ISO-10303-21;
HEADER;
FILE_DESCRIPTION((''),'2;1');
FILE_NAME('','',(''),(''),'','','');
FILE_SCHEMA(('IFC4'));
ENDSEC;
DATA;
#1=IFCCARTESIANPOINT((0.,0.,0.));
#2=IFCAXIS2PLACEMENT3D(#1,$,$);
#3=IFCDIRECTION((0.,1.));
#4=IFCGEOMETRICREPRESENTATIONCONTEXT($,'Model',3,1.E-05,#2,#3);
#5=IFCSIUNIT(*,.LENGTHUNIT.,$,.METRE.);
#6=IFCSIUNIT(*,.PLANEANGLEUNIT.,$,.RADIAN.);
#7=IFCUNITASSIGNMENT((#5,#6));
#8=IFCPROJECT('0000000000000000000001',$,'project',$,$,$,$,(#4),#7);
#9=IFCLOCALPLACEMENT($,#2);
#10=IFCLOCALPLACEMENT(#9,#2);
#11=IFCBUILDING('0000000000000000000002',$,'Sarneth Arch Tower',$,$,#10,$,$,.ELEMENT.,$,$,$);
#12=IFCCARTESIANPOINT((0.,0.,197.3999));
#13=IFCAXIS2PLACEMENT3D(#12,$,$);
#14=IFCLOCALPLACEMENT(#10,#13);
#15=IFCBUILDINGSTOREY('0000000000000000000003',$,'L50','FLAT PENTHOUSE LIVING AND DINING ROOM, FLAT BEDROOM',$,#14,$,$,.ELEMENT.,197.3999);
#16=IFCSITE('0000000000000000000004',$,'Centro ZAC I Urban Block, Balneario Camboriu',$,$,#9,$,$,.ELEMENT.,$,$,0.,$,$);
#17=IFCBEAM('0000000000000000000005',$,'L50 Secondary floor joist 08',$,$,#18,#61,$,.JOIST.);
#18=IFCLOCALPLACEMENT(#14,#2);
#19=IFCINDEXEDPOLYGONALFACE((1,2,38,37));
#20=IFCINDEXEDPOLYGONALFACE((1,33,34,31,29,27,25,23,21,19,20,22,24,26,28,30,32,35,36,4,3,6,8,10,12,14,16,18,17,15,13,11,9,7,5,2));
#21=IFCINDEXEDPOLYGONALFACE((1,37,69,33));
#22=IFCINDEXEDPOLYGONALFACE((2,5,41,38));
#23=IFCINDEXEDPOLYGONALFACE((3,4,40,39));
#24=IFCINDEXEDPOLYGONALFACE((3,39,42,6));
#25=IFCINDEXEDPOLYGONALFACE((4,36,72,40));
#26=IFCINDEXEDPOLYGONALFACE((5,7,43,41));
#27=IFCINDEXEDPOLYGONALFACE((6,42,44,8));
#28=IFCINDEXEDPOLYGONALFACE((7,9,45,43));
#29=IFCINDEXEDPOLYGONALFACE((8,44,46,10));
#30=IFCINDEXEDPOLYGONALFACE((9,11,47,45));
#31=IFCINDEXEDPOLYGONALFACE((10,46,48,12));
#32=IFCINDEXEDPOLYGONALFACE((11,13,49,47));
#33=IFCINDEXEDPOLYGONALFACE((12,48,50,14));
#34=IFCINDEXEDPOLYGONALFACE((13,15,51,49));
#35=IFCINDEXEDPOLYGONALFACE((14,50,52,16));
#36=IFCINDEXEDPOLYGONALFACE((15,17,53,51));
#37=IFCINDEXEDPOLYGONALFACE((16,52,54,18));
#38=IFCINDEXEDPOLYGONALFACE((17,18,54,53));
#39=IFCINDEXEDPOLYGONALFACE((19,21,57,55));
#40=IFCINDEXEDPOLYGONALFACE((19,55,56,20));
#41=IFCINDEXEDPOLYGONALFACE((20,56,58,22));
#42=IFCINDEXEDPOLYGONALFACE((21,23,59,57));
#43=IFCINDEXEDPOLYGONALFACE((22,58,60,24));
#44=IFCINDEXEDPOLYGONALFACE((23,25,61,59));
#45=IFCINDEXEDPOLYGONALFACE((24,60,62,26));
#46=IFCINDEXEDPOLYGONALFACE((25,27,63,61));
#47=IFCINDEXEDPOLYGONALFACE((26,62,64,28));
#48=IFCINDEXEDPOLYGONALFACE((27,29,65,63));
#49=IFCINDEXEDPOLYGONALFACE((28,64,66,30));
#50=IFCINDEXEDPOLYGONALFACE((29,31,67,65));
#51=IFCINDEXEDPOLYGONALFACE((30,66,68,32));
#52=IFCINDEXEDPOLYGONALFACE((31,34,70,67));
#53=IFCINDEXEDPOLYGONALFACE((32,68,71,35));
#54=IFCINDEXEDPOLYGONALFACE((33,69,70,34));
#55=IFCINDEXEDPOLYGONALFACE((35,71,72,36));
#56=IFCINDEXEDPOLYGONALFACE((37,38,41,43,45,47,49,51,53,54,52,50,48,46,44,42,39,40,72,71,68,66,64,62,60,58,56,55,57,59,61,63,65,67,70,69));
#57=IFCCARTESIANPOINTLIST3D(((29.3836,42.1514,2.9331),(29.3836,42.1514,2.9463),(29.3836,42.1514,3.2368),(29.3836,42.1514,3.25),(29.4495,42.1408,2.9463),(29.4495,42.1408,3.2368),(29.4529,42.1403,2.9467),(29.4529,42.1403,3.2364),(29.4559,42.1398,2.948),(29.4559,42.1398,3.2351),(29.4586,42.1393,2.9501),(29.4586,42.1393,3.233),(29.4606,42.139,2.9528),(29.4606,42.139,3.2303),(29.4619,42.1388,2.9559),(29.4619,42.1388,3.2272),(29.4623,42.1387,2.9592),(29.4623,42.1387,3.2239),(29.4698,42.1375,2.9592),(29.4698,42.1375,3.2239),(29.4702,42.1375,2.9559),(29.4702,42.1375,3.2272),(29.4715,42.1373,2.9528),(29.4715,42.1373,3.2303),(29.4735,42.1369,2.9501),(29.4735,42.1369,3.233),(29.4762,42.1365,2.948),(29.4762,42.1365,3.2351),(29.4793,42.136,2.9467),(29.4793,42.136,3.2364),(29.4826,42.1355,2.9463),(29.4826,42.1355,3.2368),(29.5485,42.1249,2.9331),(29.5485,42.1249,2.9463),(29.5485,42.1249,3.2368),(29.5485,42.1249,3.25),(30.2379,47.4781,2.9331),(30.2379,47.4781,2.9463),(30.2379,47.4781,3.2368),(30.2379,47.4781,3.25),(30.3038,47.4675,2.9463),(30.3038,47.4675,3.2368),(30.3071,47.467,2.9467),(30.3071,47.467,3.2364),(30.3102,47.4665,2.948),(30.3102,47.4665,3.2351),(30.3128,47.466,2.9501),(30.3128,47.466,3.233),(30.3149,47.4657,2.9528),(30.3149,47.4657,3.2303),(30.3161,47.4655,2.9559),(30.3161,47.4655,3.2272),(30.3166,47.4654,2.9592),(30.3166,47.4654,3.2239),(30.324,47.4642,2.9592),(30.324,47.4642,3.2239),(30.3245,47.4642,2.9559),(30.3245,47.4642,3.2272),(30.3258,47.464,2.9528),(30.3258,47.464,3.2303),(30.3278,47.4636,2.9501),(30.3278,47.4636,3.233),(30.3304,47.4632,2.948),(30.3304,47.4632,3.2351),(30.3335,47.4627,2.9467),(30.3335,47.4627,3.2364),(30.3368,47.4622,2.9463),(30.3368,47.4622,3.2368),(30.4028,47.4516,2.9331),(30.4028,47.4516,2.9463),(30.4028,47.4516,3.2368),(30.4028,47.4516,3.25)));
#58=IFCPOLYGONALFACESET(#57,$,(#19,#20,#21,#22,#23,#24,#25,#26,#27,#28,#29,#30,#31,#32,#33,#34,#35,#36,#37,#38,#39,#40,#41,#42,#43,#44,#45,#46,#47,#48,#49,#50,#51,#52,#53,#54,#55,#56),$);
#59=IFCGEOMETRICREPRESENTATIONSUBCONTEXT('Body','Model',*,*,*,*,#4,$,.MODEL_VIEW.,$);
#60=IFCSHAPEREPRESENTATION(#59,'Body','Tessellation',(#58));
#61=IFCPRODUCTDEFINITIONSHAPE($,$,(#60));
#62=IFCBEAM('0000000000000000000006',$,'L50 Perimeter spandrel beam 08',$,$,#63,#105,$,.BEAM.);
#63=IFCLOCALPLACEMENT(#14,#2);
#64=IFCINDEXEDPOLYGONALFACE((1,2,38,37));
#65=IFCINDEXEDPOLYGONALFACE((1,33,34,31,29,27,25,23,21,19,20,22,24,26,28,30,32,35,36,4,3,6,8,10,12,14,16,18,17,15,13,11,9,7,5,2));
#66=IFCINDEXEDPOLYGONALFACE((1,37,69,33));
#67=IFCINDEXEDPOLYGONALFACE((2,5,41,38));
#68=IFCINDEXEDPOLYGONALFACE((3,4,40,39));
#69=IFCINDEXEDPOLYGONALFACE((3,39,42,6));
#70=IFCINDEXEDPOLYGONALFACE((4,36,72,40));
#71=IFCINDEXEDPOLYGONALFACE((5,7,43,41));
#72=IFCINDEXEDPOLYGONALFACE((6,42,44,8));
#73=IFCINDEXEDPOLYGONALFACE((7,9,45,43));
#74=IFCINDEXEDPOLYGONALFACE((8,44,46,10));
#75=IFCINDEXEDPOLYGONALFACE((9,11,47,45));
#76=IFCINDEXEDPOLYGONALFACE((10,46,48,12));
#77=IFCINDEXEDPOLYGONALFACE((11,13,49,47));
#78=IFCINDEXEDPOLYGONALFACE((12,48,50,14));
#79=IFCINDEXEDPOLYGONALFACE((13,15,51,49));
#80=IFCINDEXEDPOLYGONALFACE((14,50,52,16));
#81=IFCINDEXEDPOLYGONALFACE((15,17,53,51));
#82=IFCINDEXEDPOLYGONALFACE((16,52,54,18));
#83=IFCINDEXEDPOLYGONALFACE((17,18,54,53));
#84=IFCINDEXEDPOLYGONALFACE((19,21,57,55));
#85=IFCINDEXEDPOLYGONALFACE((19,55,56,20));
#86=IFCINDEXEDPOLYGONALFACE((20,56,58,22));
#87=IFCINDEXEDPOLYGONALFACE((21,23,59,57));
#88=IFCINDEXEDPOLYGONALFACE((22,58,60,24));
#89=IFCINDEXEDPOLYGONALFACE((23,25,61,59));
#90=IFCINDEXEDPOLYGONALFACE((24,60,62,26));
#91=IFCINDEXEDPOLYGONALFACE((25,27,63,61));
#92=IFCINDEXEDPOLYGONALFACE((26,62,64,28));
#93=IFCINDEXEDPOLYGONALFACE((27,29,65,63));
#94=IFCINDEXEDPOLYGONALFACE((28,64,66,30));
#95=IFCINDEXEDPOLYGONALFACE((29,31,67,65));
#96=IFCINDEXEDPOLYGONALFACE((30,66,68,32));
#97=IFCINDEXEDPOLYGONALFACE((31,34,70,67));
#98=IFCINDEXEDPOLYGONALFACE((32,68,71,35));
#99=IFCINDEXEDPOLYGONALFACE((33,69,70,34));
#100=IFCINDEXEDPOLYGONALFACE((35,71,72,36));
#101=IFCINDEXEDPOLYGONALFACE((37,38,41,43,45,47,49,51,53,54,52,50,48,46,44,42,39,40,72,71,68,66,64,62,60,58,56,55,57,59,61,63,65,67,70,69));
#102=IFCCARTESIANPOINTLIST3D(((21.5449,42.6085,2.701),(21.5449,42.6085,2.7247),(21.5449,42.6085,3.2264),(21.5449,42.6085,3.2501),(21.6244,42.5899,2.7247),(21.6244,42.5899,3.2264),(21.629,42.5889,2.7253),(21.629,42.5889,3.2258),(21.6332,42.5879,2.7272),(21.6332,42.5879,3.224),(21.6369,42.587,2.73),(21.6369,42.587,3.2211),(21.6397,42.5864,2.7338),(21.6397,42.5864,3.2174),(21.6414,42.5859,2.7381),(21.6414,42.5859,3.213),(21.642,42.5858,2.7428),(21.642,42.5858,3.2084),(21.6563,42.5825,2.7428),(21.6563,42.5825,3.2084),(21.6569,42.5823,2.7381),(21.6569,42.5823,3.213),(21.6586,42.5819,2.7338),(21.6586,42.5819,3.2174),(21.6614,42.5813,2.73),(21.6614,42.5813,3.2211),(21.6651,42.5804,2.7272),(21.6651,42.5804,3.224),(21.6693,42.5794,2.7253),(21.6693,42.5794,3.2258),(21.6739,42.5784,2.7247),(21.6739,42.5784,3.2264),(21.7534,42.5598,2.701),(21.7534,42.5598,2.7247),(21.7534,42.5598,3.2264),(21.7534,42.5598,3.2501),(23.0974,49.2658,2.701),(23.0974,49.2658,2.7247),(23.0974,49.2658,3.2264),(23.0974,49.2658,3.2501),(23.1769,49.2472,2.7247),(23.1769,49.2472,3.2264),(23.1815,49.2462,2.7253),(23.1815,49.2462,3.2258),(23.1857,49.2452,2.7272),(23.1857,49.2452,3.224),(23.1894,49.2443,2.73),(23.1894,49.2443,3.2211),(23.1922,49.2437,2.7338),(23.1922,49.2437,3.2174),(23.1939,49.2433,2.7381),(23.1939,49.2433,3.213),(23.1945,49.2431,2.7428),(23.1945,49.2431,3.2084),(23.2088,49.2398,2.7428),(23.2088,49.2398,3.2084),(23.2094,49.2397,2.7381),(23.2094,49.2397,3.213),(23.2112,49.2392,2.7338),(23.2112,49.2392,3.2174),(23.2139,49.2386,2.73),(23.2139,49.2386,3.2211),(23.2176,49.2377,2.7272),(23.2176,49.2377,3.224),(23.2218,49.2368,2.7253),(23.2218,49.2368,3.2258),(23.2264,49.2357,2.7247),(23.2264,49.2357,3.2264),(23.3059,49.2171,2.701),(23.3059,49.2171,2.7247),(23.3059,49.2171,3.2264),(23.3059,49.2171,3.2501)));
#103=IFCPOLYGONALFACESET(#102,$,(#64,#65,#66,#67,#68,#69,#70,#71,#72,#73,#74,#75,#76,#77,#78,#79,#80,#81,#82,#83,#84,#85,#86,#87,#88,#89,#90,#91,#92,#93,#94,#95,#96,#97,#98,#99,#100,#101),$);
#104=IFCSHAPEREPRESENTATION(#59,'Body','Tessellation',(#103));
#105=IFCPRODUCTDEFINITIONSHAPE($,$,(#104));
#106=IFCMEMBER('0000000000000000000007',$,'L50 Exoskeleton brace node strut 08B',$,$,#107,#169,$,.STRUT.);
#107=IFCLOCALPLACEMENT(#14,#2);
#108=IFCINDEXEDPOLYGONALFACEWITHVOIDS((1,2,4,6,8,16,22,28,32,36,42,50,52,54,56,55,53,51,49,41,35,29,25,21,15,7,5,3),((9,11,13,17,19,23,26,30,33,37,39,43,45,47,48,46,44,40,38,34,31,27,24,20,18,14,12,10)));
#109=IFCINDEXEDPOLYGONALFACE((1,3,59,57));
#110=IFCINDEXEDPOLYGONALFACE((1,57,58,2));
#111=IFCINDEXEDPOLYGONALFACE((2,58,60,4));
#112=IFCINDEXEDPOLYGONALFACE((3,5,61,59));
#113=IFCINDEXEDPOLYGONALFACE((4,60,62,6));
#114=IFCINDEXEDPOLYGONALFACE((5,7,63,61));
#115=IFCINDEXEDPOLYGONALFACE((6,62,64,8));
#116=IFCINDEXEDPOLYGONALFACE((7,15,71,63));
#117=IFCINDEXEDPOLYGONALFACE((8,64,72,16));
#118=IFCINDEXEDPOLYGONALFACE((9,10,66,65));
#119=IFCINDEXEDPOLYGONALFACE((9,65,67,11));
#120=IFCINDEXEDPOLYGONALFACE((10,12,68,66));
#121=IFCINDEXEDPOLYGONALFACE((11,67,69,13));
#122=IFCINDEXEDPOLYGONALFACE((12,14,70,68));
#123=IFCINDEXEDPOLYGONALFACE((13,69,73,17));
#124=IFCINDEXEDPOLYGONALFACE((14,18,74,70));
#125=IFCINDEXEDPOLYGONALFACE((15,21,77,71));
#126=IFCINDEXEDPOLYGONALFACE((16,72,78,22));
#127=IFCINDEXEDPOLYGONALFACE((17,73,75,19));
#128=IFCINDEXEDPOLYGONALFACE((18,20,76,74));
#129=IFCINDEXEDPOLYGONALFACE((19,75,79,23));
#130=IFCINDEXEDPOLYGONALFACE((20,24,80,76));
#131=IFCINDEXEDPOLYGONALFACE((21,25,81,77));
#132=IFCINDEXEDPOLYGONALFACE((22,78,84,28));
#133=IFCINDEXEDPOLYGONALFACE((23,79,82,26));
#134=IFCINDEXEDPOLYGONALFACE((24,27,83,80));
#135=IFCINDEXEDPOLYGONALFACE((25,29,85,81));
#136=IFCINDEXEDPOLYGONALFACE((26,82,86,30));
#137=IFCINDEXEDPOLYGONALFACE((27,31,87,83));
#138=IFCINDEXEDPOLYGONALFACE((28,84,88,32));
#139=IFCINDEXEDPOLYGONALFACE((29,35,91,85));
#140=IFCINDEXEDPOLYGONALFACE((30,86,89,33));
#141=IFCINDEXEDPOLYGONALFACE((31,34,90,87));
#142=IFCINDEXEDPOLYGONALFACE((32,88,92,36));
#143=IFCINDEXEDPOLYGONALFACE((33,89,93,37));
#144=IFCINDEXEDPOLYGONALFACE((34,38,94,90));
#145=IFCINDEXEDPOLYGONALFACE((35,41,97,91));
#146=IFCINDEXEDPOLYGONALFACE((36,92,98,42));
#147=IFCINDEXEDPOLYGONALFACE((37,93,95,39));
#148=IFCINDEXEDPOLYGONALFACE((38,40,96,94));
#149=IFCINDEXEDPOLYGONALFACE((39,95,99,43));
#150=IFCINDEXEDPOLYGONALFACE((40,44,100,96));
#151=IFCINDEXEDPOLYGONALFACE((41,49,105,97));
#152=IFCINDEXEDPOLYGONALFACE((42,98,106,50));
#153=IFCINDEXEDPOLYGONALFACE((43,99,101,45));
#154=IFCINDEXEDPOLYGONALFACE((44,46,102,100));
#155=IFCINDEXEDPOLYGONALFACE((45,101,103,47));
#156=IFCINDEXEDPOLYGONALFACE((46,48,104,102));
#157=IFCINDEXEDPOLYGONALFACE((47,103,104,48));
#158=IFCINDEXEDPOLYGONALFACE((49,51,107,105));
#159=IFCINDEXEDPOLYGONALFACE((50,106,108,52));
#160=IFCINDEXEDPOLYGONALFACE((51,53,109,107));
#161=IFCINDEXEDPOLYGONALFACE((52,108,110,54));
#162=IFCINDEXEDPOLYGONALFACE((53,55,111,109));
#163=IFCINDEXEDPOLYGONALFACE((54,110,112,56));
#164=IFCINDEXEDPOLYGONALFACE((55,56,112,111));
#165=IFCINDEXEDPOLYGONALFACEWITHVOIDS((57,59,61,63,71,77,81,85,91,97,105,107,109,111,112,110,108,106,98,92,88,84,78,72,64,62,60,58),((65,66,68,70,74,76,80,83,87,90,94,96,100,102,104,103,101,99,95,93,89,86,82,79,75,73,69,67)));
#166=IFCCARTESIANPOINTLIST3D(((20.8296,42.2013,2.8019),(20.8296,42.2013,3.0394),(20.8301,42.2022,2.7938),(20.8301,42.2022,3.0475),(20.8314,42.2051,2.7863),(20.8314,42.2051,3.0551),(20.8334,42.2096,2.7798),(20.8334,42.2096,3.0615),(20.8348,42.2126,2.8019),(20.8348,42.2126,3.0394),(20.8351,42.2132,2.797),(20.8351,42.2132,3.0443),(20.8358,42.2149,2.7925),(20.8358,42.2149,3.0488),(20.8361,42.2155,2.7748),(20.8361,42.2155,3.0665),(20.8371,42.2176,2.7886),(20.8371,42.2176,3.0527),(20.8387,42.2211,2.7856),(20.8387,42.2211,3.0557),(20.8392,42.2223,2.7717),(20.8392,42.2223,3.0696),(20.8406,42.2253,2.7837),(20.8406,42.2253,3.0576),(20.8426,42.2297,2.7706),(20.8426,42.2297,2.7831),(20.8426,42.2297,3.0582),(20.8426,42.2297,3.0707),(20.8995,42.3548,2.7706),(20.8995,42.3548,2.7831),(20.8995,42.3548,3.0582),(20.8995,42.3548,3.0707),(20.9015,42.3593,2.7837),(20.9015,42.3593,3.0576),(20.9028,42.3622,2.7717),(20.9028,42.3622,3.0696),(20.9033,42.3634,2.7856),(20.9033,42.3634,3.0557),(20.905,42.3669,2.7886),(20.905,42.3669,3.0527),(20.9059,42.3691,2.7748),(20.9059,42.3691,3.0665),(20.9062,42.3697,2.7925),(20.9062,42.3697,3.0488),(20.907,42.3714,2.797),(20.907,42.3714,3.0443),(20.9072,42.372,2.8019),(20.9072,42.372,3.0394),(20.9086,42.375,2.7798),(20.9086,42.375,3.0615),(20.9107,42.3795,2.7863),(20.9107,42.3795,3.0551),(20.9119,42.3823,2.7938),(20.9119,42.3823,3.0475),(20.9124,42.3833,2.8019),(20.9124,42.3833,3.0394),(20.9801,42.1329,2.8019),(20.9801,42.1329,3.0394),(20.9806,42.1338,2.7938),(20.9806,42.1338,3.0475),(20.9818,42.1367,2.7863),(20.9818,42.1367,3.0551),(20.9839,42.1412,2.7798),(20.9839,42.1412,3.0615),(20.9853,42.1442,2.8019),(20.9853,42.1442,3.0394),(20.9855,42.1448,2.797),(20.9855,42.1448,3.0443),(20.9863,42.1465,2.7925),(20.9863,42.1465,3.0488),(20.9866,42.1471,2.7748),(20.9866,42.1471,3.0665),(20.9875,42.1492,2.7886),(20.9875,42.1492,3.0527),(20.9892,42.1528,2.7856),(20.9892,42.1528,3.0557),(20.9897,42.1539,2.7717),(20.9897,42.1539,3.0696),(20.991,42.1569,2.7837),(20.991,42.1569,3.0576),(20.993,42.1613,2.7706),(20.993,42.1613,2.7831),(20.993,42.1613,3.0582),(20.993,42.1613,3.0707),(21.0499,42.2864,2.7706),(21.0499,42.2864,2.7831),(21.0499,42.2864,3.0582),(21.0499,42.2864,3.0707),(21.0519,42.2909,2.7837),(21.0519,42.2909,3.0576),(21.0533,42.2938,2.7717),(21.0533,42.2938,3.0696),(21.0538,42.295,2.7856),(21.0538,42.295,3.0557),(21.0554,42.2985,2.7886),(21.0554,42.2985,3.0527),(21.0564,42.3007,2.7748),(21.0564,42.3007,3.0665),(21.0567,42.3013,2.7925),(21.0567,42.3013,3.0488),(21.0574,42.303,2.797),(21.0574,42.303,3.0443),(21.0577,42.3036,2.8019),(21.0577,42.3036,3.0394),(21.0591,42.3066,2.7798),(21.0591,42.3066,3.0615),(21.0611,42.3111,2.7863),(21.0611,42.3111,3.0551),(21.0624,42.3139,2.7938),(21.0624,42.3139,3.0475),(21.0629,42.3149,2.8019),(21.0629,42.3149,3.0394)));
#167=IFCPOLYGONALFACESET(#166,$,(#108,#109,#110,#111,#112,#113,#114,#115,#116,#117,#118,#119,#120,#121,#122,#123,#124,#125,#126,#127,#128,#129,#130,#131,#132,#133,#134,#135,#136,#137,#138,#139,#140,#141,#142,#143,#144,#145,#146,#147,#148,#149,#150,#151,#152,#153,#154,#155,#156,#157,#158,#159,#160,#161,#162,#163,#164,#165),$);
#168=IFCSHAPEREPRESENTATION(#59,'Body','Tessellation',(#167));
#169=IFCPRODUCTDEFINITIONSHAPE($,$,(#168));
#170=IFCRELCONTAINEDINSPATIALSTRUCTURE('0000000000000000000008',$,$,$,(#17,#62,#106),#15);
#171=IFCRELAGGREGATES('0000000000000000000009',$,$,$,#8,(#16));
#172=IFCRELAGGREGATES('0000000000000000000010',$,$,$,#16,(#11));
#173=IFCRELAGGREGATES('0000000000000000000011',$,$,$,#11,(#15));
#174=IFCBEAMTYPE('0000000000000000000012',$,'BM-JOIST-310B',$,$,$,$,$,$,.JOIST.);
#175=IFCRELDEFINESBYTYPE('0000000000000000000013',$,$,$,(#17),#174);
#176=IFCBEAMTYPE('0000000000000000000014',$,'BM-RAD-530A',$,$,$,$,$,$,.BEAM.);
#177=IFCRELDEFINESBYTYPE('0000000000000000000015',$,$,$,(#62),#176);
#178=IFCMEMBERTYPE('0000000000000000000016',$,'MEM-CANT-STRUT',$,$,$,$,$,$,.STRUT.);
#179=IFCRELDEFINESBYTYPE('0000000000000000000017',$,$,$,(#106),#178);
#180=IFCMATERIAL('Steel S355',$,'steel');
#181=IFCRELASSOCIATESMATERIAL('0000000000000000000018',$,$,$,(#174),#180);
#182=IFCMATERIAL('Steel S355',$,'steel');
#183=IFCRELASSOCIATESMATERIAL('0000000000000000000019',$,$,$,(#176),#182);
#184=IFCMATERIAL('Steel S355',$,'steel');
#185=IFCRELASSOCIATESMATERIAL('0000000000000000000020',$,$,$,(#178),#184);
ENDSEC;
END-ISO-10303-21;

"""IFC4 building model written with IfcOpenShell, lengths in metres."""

from ifc_helpers import new_model, si_unit, direction, frame, origin, origin_2d, place, context, subcontext, project, spatial, hollow_rectangle, i_section, extrude, material, material_profile, profile_set, type_object, element, save


model = new_model("IFC4")

# Units and contexts
model_context = context("Model", 3, precision=1e-05, world=origin(), true_north=direction((0.0, 1.0)))
body_context = subcontext(model_context, "Body", "Model", "MODEL_VIEW")
ifc_project = project(units=[si_unit("LENGTHUNIT", "METRE"), si_unit("PLANEANGLEUNIT", "RADIAN")], contexts=[model_context])

# Site, building, storey
site_placement = place(None, origin())
site = spatial("IfcSite", under=ifc_project, at=site_placement, Name="Centro ZAC I Urban Block, Balneario Camboriu", CompositionType="ELEMENT", RefElevation=0.0)
building_placement = place(site_placement, origin())
building = spatial("IfcBuilding", under=site, at=building_placement, Name="Sarneth Arch Tower", CompositionType="ELEMENT")
storey_placement = place(building_placement, frame((0.0, 0.0, 197.3999)))
storey = spatial("IfcBuildingStorey", under=building, at=storey_placement, Name="L50", Description="FLAT PENTHOUSE LIVING AND DINING ROOM, FLAT BEDROOM", CompositionType="ELEMENT", Elevation=197.3999)

# Beams
ifc_material_1 = material(Name="Steel S355", Category="steel")
ifc_material_profile_1 = material_profile(ifc_material_1, i_section(OverallWidth=0.167, OverallDepth=0.3169, WebThickness=0.0076, FlangeThickness=0.0132, FilletRadius=0.0129, at=origin_2d()), Name="W310x52")
ifc_profile_set_1 = profile_set([ifc_material_profile_1], Name="Steel S355")
beam_type_1 = type_object("IfcBeamType", Name="BM-JOIST-310B", PredefinedType="JOIST", material=ifc_profile_set_1)
beam_1_placement = place(storey_placement, frame((30.3203, 47.4648, 3.0916), z_axis=(-0.158349, -0.987383, 0.0), x_axis=(0.987383, -0.158349, 0.0)))
element("IfcBeam", 1, at=beam_1_placement, inside=storey, type_object=beam_type_1, Name="L50 Secondary floor joist 08", PredefinedType="JOIST", context=body_context, shape_type="SweptSolid", body=[
    extrude(i_section(OverallWidth=0.167, OverallDepth=0.3169, WebThickness=0.0076, FlangeThickness=0.0132, FilletRadius=0.0129, at=origin_2d()), origin(), (0.0, 0.0, 1.0), 5.3948),
])
ifc_material_2 = material(Name="Steel S355", Category="steel")
ifc_material_profile_2 = material_profile(ifc_material_2, i_section(OverallWidth=0.2141, OverallDepth=0.5491, WebThickness=0.0146, FlangeThickness=0.0237, FilletRadius=0.0181, at=origin_2d()), Name="W530x138")
ifc_profile_set_2 = profile_set([ifc_material_profile_2], Name="Steel S355")
beam_type_2 = type_object("IfcBeamType", Name="BM-RAD-530A", PredefinedType="BEAM", material=ifc_profile_set_2)
beam_2_placement = place(storey_placement, frame((23.2017, 49.2415, 2.9756), z_axis=(-0.22711, -0.973869, 0.0), x_axis=(0.973869, -0.22711, 0.0)))
element("IfcBeam", 2, at=beam_2_placement, inside=storey, type_object=beam_type_2, Name="L50 Perimeter spandrel beam 08", PredefinedType="BEAM", context=body_context, shape_type="SweptSolid", body=[
    extrude(i_section(OverallWidth=0.2141, OverallDepth=0.5491, WebThickness=0.0146, FlangeThickness=0.0237, FilletRadius=0.0181, at=origin_2d()), origin(), (0.0, 0.0, 1.0), 6.8359),
])

# Member
ifc_material_3 = material(Name="Steel S355", Category="steel")
ifc_material_profile_3 = material_profile(ifc_material_3, hollow_rectangle(XDim=0.2, YDim=0.3, WallThickness=0.0125, InnerFilletRadius=0.0188, OuterFilletRadius=0.0312, at=origin_2d()), Name="RHS300x200x12.5")
ifc_profile_set_3 = profile_set([ifc_material_profile_3], Name="Steel S355")
member_type_1 = type_object("IfcMemberType", Name="MEM-CANT-STRUT", PredefinedType="STRUT", material=ifc_profile_set_3)
member_1_placement = place(storey_placement, frame((21.0215, 42.2239, 2.9207), z_axis=(-0.910366, 0.413803, 0.0), x_axis=(-0.413803, -0.910366, 0.0)))
element("IfcMember", 3, at=member_1_placement, inside=storey, type_object=member_type_1, Name="L50 Exoskeleton brace node strut 08B", PredefinedType="STRUT", context=body_context, shape_type="SweptSolid", body=[
    extrude(hollow_rectangle(XDim=0.2, YDim=0.3, WallThickness=0.0125, InnerFilletRadius=0.0188, OuterFilletRadius=0.0312, at=origin_2d()), origin(), (0.0, 0.0, 1.0), 0.1653),
])

save(model, "model.ifc")
